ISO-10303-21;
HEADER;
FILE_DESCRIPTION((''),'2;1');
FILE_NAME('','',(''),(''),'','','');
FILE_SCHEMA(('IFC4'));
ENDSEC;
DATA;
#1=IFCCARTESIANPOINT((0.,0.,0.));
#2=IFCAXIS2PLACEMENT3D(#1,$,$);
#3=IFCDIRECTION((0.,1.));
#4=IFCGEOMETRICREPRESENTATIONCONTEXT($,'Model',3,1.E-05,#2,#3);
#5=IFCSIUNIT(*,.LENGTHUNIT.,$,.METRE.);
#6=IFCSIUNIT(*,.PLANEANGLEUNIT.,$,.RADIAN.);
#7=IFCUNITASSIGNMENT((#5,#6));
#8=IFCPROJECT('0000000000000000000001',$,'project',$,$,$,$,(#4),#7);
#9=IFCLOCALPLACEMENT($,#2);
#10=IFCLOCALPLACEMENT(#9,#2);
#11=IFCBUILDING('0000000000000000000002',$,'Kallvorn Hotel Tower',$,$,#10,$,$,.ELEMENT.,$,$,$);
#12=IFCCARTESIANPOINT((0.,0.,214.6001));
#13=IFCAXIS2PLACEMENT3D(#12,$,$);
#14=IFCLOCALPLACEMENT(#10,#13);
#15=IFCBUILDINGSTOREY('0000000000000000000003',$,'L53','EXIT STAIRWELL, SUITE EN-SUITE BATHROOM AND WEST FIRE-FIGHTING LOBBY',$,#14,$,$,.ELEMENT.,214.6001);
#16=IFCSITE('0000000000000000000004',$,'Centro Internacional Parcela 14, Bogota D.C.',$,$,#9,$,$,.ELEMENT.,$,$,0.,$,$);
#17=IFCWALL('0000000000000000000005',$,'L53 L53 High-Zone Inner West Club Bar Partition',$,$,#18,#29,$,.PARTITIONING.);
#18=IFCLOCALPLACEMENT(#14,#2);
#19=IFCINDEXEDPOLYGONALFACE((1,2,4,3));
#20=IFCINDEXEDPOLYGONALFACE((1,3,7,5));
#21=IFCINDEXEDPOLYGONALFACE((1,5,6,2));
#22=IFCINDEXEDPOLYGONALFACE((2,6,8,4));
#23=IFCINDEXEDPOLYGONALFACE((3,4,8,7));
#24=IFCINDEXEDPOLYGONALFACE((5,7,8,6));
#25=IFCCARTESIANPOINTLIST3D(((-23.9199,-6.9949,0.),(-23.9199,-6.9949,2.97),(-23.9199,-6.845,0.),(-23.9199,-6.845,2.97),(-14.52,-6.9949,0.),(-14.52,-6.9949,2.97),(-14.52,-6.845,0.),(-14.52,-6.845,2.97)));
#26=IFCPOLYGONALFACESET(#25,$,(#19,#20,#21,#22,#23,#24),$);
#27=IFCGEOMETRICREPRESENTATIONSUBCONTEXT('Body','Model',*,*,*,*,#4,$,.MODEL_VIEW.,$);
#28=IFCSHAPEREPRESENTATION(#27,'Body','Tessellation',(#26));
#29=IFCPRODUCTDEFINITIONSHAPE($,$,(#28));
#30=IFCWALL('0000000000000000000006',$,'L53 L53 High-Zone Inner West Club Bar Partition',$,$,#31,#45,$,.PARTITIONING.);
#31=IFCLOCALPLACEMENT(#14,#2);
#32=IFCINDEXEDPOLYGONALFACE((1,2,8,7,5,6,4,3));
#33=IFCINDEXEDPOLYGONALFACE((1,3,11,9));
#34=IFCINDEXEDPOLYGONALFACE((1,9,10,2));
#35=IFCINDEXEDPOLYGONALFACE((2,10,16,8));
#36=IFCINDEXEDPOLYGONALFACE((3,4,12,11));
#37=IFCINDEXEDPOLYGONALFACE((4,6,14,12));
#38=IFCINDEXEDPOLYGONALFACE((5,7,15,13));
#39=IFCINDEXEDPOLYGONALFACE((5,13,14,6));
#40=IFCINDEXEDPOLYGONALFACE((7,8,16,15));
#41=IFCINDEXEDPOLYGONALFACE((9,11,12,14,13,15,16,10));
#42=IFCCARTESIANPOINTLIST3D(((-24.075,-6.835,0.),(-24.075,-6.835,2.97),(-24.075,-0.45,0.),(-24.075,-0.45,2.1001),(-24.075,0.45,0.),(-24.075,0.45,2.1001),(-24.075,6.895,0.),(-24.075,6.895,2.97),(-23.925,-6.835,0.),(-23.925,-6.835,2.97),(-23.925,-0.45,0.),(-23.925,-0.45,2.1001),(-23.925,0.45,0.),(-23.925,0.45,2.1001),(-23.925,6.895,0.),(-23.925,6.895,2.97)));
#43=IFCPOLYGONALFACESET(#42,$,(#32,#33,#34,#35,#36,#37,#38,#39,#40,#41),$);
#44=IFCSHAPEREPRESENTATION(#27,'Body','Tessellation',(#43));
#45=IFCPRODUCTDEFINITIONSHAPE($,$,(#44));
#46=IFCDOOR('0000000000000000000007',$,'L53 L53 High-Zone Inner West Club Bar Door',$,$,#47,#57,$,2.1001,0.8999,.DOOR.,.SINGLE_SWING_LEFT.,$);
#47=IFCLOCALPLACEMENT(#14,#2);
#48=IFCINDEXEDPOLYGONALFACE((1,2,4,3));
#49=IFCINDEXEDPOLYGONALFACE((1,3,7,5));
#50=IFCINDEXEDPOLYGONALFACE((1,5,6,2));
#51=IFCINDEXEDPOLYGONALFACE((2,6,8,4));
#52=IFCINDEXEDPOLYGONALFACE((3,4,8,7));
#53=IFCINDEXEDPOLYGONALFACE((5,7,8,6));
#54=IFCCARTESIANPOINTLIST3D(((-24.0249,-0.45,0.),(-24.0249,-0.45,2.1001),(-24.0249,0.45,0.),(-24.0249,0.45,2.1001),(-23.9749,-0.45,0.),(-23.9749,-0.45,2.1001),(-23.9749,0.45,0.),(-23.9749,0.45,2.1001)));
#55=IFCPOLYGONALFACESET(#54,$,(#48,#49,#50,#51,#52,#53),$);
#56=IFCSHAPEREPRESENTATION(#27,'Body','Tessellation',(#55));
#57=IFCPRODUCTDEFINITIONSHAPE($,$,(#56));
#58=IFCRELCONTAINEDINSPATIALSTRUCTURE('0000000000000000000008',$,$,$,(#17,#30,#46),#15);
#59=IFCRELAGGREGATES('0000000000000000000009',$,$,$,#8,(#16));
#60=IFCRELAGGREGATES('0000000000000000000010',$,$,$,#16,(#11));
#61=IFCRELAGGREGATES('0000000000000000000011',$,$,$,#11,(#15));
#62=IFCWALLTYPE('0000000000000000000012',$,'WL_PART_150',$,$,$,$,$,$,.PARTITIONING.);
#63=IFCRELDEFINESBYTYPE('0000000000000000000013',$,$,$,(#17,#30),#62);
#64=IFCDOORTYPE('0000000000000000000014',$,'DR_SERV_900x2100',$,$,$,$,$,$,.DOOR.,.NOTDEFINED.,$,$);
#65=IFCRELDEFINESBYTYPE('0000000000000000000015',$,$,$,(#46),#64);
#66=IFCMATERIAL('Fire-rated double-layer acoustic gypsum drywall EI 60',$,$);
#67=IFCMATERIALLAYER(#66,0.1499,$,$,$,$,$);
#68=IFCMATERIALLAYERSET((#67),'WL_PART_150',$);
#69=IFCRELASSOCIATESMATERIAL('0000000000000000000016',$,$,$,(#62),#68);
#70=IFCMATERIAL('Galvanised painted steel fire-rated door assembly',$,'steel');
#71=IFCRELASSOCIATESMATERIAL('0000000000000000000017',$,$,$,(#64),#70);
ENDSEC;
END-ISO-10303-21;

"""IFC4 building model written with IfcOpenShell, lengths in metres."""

from ifc_helpers import new_model, si_unit, direction, frame, frame_2d, origin, place, context, subcontext, project, spatial, rectangle, extrude, material, layer, layer_set, type_object, element, fill, save


model = new_model("IFC4")

# Units and contexts
model_context = context("Model", 3, precision=1e-05, world=origin(), true_north=direction((0.0, 1.0)))
body_context = subcontext(model_context, "Body", "Model", "MODEL_VIEW")
ifc_project = project(units=[si_unit("LENGTHUNIT", "METRE"), si_unit("PLANEANGLEUNIT", "RADIAN")], contexts=[model_context])

# Site, building, storey
site_placement = place(None, origin())
site = spatial("IfcSite", under=ifc_project, at=site_placement, Name="Centro Internacional Parcela 14, Bogota D.C.", CompositionType="ELEMENT", RefElevation=0.0)
building_placement = place(site_placement, origin())
building = spatial("IfcBuilding", under=site, at=building_placement, Name="Kallvorn Hotel Tower", CompositionType="ELEMENT")
storey_placement = place(building_placement, frame((0.0, 0.0, 214.6001)))
storey = spatial("IfcBuildingStorey", under=building, at=storey_placement, Name="L53", Description="EXIT STAIRWELL, SUITE EN-SUITE BATHROOM AND WEST FIRE-FIGHTING LOBBY", CompositionType="ELEMENT", Elevation=214.6001)

# Shared definitions
ifc_material_1 = material(Name="Fire-rated double-layer acoustic gypsum drywall EI 60")
ifc_layer = layer(ifc_material_1, 0.1499)
ifc_layer_set = layer_set([ifc_layer], Name="WL_PART_150")
wall_type = type_object("IfcWallType", Name="WL_PART_150", PredefinedType="PARTITIONING", material=ifc_layer_set)
ifc_material_2 = material(Name="Galvanised painted steel fire-rated door assembly", Category="steel")
door_type = type_object("IfcDoorType", Name="DR_SERV_900x2100", OperationType="NOTDEFINED", PredefinedType="DOOR", material=ifc_material_2)

# Wall
wall_1_placement = place(storey_placement, frame((-23.9199, -6.9199, 0.0), z_axis=(0.0, 0.0, 1.0), x_axis=(1.0, 0.0, 0.0)))
element("IfcWall", 1, at=wall_1_placement, inside=storey, type_object=wall_type, Name="L53 L53 High-Zone Inner West Club Bar Partition", PredefinedType="PARTITIONING", context=body_context, shape_type="SweptSolid", body=[
    extrude(rectangle(XDim=9.3999, YDim=0.1499, at=frame_2d((4.7, 0.0))), origin(), (0.0, 0.0, 1.0), 2.97),
])

# Wall, opening, door
wall_2_placement = place(storey_placement, frame((-24.0, -6.835, 0.0), z_axis=(0.0, 0.0, 1.0), x_axis=(0.0, 1.0, 0.0)))
wall_2 = element("IfcWall", 2, at=wall_2_placement, inside=storey, type_object=wall_type, Name="L53 L53 High-Zone Inner West Club Bar Partition", PredefinedType="PARTITIONING", context=body_context, shape_type="SweptSolid", body=[
    extrude(rectangle(XDim=13.73, YDim=0.1499, at=frame_2d((6.865, 0.0))), origin(), (0.0, 0.0, 1.0), 2.97),
])
opening_1_placement = place(wall_2_placement, frame((6.385, 0.0, 0.0)))
opening_1 = element("IfcOpeningElement", 3, at=opening_1_placement, cuts=wall_2, PredefinedType="OPENING", context=body_context, shape_type="SweptSolid", body=[
    extrude(rectangle(XDim=0.8999, YDim=2.1001, at=frame_2d((0.45, 1.05))), frame((0.0, 0.0898, 0.0), z_axis=(0.0, -1.0, 0.0), x_axis=(1.0, 0.0, 0.0)), (0.0, 0.0, 1.0), 0.1799),
])
door_1_placement = place(opening_1_placement, origin())
door_1 = element("IfcDoor", 4, at=door_1_placement, inside=storey, type_object=door_type, Name="L53 L53 High-Zone Inner West Club Bar Door", OperationType="SINGLE_SWING_LEFT", OverallHeight=2.1001, OverallWidth=0.8999, PredefinedType="DOOR", context=body_context, shape_type="SweptSolid", body=[
    extrude(rectangle(XDim=0.8999, YDim=2.1001, at=frame_2d((0.45, 1.05))), frame((0.0, 0.0249, 0.0), z_axis=(0.0, -1.0, 0.0), x_axis=(1.0, 0.0, 0.0)), (0.0, 0.0, 1.0), 0.05),
])
fill(opening_1, door_1)

save(model, "model.ifc")
